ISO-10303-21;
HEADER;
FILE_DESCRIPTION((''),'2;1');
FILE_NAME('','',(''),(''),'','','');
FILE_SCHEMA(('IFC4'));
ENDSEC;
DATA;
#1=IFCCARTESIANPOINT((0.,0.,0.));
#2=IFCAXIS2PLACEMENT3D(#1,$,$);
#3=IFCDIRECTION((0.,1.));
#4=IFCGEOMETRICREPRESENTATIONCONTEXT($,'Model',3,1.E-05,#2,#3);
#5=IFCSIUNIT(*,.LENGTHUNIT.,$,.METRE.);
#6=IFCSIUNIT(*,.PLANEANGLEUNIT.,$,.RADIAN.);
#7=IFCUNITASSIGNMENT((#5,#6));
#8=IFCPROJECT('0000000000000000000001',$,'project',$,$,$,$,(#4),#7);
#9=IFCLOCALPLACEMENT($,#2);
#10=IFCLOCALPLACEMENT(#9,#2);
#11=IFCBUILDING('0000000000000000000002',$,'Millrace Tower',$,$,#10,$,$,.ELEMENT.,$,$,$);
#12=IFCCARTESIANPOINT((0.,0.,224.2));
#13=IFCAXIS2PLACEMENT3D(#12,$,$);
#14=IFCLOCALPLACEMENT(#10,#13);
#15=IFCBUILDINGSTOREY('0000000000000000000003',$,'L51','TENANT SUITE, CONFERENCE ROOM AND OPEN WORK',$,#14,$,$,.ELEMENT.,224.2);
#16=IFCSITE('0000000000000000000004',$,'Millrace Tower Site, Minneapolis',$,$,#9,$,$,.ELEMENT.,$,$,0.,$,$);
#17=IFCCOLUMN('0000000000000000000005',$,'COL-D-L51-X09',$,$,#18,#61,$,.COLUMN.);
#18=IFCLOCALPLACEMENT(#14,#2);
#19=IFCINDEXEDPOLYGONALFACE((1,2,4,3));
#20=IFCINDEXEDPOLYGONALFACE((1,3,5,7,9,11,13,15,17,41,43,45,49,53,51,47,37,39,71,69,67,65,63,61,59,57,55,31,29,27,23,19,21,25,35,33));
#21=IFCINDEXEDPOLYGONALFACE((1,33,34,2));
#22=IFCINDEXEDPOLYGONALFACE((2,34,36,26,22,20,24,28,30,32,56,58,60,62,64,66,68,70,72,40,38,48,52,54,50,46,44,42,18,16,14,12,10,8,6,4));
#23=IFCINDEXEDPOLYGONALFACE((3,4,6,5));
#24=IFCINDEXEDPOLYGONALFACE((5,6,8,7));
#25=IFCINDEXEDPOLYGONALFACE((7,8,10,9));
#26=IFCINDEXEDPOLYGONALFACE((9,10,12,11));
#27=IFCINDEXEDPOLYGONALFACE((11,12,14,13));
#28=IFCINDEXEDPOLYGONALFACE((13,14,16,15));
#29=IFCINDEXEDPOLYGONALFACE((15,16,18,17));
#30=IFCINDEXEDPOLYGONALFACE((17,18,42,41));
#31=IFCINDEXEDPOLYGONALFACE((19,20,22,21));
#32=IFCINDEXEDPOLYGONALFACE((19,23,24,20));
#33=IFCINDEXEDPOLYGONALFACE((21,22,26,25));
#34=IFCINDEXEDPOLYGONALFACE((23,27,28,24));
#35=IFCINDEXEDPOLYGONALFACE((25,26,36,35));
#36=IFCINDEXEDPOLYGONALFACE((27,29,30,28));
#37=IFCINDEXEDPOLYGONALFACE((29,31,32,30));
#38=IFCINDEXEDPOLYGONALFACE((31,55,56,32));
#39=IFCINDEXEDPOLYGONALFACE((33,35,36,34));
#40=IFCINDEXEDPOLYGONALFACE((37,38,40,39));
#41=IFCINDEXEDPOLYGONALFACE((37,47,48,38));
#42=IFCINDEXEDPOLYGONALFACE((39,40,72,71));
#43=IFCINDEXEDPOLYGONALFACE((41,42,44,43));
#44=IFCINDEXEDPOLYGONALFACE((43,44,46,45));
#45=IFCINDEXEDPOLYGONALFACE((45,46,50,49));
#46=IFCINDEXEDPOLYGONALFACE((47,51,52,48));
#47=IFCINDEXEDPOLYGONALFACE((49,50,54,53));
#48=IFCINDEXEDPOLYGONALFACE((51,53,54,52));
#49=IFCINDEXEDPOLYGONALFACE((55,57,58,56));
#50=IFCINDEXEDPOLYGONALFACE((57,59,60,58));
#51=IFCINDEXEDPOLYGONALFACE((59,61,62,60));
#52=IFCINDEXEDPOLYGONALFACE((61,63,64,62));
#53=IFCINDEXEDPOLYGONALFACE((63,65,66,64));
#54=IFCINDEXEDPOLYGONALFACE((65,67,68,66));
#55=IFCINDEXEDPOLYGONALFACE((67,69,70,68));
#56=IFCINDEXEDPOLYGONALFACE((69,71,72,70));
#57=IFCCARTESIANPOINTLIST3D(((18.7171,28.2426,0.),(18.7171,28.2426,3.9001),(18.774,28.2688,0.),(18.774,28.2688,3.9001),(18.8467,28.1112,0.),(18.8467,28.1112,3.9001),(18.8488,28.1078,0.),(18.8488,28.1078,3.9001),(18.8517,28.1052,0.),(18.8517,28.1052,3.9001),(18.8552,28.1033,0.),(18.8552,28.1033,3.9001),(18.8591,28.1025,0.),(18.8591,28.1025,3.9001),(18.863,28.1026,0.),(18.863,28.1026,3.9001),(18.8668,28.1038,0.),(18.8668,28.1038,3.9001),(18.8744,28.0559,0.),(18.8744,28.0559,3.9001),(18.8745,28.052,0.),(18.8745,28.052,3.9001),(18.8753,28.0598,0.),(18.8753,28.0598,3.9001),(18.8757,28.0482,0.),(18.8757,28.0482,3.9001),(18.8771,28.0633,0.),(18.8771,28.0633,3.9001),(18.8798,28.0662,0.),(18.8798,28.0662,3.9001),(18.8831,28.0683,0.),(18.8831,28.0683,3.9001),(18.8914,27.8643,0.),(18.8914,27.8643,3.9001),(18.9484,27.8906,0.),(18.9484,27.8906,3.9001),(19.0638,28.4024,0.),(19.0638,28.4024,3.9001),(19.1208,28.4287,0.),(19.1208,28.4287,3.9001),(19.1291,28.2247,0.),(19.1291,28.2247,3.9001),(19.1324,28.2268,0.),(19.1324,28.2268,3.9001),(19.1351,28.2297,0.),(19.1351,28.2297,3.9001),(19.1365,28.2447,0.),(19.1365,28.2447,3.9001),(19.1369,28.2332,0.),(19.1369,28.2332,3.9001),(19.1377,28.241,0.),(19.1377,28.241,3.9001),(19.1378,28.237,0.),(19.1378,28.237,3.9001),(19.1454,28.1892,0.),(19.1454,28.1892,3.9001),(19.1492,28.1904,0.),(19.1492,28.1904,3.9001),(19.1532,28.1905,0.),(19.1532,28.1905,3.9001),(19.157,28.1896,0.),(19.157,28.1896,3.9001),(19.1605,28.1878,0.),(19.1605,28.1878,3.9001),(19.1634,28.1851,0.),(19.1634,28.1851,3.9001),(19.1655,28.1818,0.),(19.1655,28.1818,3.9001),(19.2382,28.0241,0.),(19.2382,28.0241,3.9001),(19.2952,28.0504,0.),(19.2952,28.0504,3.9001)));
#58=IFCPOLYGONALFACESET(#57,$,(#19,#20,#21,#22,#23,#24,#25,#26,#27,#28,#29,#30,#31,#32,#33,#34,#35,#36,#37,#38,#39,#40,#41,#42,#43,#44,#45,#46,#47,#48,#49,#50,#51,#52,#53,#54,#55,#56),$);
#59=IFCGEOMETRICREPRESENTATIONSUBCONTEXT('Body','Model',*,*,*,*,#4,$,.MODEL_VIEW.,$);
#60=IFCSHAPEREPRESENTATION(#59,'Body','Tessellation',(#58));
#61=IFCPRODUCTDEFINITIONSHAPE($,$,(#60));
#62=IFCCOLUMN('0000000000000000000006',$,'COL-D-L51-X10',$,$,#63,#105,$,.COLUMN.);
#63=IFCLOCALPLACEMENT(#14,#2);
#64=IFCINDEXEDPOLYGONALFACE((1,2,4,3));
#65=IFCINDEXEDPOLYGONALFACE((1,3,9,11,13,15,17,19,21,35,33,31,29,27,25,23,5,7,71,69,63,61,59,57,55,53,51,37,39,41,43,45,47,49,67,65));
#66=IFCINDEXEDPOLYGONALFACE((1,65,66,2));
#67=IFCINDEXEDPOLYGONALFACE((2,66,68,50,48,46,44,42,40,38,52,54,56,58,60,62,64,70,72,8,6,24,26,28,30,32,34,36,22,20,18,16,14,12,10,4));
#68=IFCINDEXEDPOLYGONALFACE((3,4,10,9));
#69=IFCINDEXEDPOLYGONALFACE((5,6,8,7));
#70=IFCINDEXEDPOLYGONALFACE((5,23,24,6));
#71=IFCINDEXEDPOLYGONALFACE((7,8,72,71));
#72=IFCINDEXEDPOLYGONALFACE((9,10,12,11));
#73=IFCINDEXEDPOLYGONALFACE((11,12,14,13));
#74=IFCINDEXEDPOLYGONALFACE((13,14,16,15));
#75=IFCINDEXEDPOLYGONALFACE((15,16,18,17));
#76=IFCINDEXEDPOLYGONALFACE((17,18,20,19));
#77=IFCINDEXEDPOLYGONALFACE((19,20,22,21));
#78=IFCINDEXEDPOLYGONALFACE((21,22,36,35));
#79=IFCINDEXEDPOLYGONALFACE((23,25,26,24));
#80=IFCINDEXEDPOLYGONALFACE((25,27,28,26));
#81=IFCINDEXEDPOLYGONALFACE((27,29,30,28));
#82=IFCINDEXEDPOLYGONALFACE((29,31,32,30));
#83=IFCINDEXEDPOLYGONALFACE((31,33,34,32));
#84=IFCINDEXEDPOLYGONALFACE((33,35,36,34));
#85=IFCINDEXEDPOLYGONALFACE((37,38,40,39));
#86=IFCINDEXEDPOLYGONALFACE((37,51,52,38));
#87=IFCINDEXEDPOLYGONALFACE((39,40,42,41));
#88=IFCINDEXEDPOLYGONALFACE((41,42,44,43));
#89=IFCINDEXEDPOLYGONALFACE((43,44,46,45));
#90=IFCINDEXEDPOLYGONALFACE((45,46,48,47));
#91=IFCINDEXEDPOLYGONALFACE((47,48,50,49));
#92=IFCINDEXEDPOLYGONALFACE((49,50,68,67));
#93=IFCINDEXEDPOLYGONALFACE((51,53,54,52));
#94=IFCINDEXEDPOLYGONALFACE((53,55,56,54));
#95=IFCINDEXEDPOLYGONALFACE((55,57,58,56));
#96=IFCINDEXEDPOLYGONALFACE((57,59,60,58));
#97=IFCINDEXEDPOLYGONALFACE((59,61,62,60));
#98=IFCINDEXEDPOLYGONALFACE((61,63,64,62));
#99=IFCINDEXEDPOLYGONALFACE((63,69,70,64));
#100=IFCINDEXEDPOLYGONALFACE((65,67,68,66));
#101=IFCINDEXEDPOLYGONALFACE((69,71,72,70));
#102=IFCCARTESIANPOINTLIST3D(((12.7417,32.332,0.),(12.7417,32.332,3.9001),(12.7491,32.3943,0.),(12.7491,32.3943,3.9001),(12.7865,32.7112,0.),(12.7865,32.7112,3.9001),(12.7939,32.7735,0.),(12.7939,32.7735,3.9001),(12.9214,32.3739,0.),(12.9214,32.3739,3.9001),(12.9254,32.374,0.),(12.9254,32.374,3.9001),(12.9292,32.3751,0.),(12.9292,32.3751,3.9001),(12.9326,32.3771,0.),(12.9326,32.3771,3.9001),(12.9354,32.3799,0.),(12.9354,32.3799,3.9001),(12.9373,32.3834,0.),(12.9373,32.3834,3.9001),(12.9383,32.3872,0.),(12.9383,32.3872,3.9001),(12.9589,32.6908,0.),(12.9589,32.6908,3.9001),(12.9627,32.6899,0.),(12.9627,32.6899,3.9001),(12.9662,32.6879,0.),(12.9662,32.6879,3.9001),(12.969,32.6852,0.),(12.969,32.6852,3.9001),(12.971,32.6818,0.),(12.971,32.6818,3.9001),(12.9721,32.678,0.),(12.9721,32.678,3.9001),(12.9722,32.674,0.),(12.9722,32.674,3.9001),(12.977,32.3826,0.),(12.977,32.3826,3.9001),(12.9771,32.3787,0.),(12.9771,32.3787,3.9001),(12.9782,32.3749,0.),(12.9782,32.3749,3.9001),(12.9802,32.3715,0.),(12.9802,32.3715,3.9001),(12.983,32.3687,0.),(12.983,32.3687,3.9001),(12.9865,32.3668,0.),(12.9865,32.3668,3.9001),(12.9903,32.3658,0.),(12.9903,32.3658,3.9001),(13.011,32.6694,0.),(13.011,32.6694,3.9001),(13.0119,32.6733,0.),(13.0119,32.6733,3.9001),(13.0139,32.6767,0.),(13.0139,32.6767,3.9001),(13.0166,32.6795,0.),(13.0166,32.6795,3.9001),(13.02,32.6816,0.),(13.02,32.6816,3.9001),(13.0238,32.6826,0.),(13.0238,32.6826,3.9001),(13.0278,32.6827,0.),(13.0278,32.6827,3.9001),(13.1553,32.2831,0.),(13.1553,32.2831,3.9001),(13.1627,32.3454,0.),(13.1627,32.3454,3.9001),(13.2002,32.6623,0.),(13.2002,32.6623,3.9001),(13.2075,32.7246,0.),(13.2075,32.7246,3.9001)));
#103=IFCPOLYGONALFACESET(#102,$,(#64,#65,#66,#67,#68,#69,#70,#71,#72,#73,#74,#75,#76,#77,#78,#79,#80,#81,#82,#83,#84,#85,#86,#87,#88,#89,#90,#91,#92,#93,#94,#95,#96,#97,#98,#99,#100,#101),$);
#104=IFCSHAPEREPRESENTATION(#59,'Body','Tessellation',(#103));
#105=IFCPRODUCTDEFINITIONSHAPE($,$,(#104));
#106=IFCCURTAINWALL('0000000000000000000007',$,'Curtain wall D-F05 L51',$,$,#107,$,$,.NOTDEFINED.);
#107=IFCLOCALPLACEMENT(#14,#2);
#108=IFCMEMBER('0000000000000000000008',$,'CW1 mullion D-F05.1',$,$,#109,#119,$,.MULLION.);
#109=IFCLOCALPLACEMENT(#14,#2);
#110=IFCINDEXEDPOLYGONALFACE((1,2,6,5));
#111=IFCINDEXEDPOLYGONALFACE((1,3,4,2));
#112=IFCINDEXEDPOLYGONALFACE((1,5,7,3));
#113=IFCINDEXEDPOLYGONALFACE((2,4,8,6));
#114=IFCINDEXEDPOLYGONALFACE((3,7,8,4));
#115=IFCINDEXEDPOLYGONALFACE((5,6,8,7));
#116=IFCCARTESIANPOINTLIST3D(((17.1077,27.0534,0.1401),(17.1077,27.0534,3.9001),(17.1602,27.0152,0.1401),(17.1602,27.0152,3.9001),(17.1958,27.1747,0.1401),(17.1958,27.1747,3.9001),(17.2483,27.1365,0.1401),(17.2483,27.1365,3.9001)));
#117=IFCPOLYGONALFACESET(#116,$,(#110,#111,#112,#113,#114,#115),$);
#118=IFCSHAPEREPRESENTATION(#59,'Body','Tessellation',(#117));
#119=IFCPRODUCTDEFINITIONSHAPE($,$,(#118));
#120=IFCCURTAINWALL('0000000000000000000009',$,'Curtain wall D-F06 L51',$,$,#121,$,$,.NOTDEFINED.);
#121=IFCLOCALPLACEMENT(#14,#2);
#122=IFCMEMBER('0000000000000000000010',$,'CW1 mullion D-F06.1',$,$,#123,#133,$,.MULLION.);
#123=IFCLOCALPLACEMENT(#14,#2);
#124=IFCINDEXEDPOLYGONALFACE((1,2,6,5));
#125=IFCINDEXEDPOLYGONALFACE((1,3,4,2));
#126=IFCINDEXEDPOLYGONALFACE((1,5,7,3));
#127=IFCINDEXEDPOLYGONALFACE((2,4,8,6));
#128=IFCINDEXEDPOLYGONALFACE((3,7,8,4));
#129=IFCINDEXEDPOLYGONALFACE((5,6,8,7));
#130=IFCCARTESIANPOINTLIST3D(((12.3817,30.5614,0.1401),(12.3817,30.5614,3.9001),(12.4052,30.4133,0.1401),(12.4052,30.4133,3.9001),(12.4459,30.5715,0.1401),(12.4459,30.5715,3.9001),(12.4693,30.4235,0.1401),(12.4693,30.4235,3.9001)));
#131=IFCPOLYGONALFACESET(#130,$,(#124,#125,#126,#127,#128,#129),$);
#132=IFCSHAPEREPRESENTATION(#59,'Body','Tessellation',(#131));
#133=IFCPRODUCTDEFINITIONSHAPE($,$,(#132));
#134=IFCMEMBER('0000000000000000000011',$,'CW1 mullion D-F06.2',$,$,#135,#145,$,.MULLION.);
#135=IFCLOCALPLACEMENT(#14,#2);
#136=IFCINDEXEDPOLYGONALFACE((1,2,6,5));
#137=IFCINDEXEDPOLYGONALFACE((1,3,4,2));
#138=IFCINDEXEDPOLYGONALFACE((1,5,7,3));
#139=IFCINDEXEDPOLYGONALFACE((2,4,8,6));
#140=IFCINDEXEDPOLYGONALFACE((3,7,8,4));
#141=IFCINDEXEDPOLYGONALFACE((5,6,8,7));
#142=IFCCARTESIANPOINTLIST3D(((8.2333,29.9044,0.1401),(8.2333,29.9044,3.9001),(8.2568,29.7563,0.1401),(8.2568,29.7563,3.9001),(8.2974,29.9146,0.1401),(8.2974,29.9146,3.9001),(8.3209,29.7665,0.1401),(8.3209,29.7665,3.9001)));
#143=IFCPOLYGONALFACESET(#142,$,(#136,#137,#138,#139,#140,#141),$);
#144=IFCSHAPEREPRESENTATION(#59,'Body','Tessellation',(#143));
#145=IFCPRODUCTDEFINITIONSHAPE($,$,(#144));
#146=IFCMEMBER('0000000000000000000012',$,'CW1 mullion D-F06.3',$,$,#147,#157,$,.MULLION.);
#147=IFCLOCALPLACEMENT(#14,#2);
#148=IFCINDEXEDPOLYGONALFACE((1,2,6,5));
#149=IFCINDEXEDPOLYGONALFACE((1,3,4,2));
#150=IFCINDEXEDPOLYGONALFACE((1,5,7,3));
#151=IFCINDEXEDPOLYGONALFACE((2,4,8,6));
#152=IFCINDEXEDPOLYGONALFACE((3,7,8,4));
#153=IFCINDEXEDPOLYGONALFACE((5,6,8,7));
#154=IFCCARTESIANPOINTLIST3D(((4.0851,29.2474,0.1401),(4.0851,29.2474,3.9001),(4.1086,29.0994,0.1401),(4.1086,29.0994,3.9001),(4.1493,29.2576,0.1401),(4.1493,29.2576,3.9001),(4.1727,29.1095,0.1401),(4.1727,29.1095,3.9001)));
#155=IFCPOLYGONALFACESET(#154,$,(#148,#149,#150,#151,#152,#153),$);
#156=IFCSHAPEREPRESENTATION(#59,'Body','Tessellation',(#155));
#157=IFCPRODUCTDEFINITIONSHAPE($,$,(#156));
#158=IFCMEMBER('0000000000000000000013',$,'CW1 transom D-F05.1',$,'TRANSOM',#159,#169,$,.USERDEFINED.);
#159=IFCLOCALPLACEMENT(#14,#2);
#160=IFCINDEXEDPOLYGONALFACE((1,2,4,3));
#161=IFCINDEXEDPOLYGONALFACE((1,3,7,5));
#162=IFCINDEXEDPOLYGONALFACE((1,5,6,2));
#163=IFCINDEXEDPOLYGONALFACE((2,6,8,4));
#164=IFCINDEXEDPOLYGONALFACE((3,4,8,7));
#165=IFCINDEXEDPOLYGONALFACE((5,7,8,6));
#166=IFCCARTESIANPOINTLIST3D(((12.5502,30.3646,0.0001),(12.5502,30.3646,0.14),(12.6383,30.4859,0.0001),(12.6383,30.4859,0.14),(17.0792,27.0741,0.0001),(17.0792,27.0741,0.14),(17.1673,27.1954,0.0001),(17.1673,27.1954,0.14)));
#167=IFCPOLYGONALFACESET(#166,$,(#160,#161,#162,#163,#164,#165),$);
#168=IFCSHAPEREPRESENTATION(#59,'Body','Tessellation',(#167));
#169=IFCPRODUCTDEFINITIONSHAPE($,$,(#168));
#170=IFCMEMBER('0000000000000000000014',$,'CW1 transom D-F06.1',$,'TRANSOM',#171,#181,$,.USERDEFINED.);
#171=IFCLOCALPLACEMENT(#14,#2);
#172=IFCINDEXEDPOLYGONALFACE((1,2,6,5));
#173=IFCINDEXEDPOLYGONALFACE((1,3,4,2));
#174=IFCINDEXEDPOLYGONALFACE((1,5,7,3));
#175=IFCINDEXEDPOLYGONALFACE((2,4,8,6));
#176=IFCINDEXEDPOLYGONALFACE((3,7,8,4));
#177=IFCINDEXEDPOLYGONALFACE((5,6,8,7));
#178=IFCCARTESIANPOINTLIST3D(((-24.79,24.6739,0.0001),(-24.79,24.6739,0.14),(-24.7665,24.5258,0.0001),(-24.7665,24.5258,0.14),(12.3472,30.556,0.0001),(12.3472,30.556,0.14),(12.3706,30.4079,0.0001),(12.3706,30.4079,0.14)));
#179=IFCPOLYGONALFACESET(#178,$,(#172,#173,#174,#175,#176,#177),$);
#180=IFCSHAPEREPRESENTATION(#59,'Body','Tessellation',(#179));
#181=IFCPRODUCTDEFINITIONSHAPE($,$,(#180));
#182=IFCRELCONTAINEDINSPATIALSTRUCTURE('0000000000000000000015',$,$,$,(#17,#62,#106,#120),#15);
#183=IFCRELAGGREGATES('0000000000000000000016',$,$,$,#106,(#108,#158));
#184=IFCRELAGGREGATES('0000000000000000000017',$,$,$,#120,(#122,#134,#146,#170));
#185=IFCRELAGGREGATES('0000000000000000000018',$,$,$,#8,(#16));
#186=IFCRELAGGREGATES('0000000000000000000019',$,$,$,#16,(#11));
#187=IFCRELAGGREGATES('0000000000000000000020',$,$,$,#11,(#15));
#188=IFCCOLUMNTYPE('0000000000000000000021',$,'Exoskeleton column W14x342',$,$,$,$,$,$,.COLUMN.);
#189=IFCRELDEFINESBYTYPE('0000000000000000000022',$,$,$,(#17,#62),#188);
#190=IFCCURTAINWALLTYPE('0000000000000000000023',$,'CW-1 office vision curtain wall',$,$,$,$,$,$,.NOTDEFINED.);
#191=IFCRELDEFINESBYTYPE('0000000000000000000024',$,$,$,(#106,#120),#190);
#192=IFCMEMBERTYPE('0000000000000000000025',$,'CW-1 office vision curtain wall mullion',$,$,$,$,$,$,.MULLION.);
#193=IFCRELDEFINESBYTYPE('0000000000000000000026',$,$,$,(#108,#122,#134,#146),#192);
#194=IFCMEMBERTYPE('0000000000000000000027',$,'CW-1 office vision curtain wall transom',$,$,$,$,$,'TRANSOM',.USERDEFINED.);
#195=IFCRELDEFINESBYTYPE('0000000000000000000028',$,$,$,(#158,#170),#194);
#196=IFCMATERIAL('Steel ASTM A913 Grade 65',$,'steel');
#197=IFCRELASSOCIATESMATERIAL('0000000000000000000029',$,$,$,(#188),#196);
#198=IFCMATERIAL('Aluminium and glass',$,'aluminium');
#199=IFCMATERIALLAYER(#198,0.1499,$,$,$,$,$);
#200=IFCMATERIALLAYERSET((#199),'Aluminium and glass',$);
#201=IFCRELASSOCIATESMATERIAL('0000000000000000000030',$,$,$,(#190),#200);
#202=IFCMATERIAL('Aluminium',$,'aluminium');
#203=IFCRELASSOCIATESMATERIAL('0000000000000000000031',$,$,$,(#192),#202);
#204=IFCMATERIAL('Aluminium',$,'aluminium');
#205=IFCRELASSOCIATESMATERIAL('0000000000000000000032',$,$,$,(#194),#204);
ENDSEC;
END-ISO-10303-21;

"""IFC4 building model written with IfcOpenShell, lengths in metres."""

from ifc_helpers import new_model, si_unit, direction, frame, origin, origin_2d, place, context, subcontext, project, spatial, rectangle, i_section, extrude, material, layer, layer_set, material_profile, profile_set, type_object, element, aggregate, save


model = new_model("IFC4")

# Units and contexts
model_context = context("Model", 3, precision=1e-05, world=origin(), true_north=direction((0.0, 1.0)))
body_context = subcontext(model_context, "Body", "Model", "MODEL_VIEW")
ifc_project = project(units=[si_unit("LENGTHUNIT", "METRE"), si_unit("PLANEANGLEUNIT", "RADIAN")], contexts=[model_context])

# Site, building, storey
site_placement = place(None, origin())
site = spatial("IfcSite", under=ifc_project, at=site_placement, Name="Millrace Tower Site, Minneapolis", CompositionType="ELEMENT", RefElevation=0.0)
building_placement = place(site_placement, origin())
building = spatial("IfcBuilding", under=site, at=building_placement, Name="Millrace Tower", CompositionType="ELEMENT")
storey_placement = place(building_placement, frame((0.0, 0.0, 224.2)))
storey = spatial("IfcBuildingStorey", under=building, at=storey_placement, Name="L51", Description="TENANT SUITE, CONFERENCE ROOM AND OPEN WORK", CompositionType="ELEMENT", Elevation=224.2)

# Columns
ifc_material_1 = material(Name="Steel ASTM A913 Grade 65", Category="steel")
ifc_material_profile_1 = material_profile(ifc_material_1, i_section(OverallWidth=0.4165, OverallDepth=0.4446, WebThickness=0.0391, FlangeThickness=0.0627, FilletRadius=0.0151, at=origin_2d()))
ifc_profile_set_1 = profile_set([ifc_material_profile_1], Name="Steel ASTM A913 Grade 65")
column_type = type_object("IfcColumnType", Name="Exoskeleton column W14x342", PredefinedType="COLUMN", material=ifc_profile_set_1)
for number, where, z_axis, x_axis, name in (
    (1, (19.0061, 28.1465, 0.0), (0.0, 0.0, 1.0), (-0.418553, 0.908192, 0.0), "COL-D-L51-X09"),
    (2, (12.9746, 32.5283, 0.0), (0.0, 0.0, 1.0), (-0.993082, 0.117421, 0.0), "COL-D-L51-X10"),
):
    element("IfcColumn", number, at=place(storey_placement, frame(where, z_axis=z_axis, x_axis=x_axis)), inside=storey, type_object=column_type, Name=name, PredefinedType="COLUMN", context=body_context, shape_type="SweptSolid", body=[
        extrude(i_section(OverallWidth=0.4165, OverallDepth=0.4446, WebThickness=0.0391, FlangeThickness=0.0627, FilletRadius=0.0151, at=origin_2d()), origin(), (0.0, 0.0, 1.0), 3.9001),
    ])

# Curtain wall, member
ifc_material_2 = material(Name="Aluminium and glass", Category="aluminium")
ifc_layer_1 = layer(ifc_material_2, 0.1499)
ifc_layer_set_1 = layer_set([ifc_layer_1], Name="Aluminium and glass")
curtain_wall_type = type_object("IfcCurtainWallType", Name="CW-1 office vision curtain wall", PredefinedType="NOTDEFINED", material=ifc_layer_set_1)
placement = place(storey_placement, origin())
curtain_wall_1 = element("IfcCurtainWall", 3, at=placement, inside=storey, type_object=curtain_wall_type, Name="Curtain wall D-F05 L51", PredefinedType="NOTDEFINED")
ifc_material_3 = material(Name="Aluminium", Category="aluminium")
ifc_material_profile_2 = material_profile(ifc_material_3, rectangle(XDim=0.0649, YDim=0.1499, at=origin_2d()))
ifc_profile_set_2 = profile_set([ifc_material_profile_2], Name="Aluminium")
member_type_1 = type_object("IfcMemberType", Name="CW-1 office vision curtain wall mullion", PredefinedType="MULLION", material=ifc_profile_set_2)
member_1_placement = place(storey_placement, frame((17.178, 27.095, 0.1401), z_axis=(0.0, 0.0, 1.0), x_axis=(-0.809017, 0.587785, 0.0)))
member_1 = element("IfcMember", 4, at=member_1_placement, type_object=member_type_1, Name="CW1 mullion D-F05.1", PredefinedType="MULLION", context=body_context, shape_type="SweptSolid", body=[
    extrude(rectangle(XDim=0.0649, YDim=0.1499, at=origin_2d()), origin(), (0.0, 0.0, 1.0), 3.76),
])

# Curtain wall, members
curtain_wall_2 = element("IfcCurtainWall", 5, at=placement, inside=storey, type_object=curtain_wall_type, Name="Curtain wall D-F06 L51", PredefinedType="NOTDEFINED")
member_2_placement = place(storey_placement, frame((12.4255, 30.4924, 0.1401), z_axis=(0.0, 0.0, 1.0), x_axis=(-0.987688, -0.156434, 0.0)))
member_2 = element("IfcMember", 6, at=member_2_placement, type_object=member_type_1, Name="CW1 mullion D-F06.1", PredefinedType="MULLION", context=body_context, shape_type="SweptSolid", body=[
    extrude(rectangle(XDim=0.0649, YDim=0.1499, at=origin_2d()), origin(), (0.0, 0.0, 1.0), 3.76),
])
member_3_placement = place(storey_placement, frame((8.2771, 29.8354, 0.1401), z_axis=(0.0, 0.0, 1.0), x_axis=(-0.987688, -0.156434, 0.0)))
member_3 = element("IfcMember", 7, at=member_3_placement, type_object=member_type_1, Name="CW1 mullion D-F06.2", PredefinedType="MULLION", context=body_context, shape_type="SweptSolid", body=[
    extrude(rectangle(XDim=0.0649, YDim=0.1499, at=origin_2d()), origin(), (0.0, 0.0, 1.0), 3.76),
])
member_4_placement = place(storey_placement, frame((4.1289, 29.1785, 0.1401), z_axis=(0.0, 0.0, 1.0), x_axis=(-0.987688, -0.156434, 0.0)))
member_4 = element("IfcMember", 8, at=member_4_placement, type_object=member_type_1, Name="CW1 mullion D-F06.3", PredefinedType="MULLION", context=body_context, shape_type="SweptSolid", body=[
    extrude(rectangle(XDim=0.0649, YDim=0.1499, at=origin_2d()), origin(), (0.0, 0.0, 1.0), 3.76),
])

# Members
ifc_material_4 = material(Name="Aluminium", Category="aluminium")
ifc_material_profile_3 = material_profile(ifc_material_4, rectangle(XDim=0.1499, YDim=0.1399, at=origin_2d()))
ifc_profile_set_3 = profile_set([ifc_material_profile_3], Name="Aluminium")
member_type_2 = type_object("IfcMemberType", Name="CW-1 office vision curtain wall transom", ElementType="TRANSOM", PredefinedType="USERDEFINED", material=ifc_profile_set_3)
member_5_placement = place(storey_placement, frame((17.1233, 27.1348, 0.0701), z_axis=(-0.809019, 0.587783, 0.0), x_axis=(-0.587783, -0.809019, 0.0)))
member_5 = element("IfcMember", 9, at=member_5_placement, type_object=member_type_2, Name="CW1 transom D-F05.1", ObjectType="TRANSOM", PredefinedType="USERDEFINED", context=body_context, shape_type="SweptSolid", body=[
    extrude(rectangle(XDim=0.1499, YDim=0.1399, at=origin_2d()), origin(), (0.0, 0.0, 1.0), 5.5981),
])
aggregate(curtain_wall_1, [member_1, member_5])
member_6_placement = place(storey_placement, frame((12.3589, 30.4819, 0.0701), z_axis=(-0.987688, -0.156438, 0.0), x_axis=(0.156438, -0.987688, 0.0)))
member_6 = element("IfcMember", 10, at=member_6_placement, type_object=member_type_2, Name="CW1 transom D-F06.1", ObjectType="TRANSOM", PredefinedType="USERDEFINED", context=body_context, shape_type="SweptSolid", body=[
    extrude(rectangle(XDim=0.1499, YDim=0.1399, at=origin_2d()), origin(), (0.0, 0.0, 1.0), 37.6001),
])
aggregate(curtain_wall_2, [member_2, member_3, member_4, member_6])

save(model, "model.ifc")
